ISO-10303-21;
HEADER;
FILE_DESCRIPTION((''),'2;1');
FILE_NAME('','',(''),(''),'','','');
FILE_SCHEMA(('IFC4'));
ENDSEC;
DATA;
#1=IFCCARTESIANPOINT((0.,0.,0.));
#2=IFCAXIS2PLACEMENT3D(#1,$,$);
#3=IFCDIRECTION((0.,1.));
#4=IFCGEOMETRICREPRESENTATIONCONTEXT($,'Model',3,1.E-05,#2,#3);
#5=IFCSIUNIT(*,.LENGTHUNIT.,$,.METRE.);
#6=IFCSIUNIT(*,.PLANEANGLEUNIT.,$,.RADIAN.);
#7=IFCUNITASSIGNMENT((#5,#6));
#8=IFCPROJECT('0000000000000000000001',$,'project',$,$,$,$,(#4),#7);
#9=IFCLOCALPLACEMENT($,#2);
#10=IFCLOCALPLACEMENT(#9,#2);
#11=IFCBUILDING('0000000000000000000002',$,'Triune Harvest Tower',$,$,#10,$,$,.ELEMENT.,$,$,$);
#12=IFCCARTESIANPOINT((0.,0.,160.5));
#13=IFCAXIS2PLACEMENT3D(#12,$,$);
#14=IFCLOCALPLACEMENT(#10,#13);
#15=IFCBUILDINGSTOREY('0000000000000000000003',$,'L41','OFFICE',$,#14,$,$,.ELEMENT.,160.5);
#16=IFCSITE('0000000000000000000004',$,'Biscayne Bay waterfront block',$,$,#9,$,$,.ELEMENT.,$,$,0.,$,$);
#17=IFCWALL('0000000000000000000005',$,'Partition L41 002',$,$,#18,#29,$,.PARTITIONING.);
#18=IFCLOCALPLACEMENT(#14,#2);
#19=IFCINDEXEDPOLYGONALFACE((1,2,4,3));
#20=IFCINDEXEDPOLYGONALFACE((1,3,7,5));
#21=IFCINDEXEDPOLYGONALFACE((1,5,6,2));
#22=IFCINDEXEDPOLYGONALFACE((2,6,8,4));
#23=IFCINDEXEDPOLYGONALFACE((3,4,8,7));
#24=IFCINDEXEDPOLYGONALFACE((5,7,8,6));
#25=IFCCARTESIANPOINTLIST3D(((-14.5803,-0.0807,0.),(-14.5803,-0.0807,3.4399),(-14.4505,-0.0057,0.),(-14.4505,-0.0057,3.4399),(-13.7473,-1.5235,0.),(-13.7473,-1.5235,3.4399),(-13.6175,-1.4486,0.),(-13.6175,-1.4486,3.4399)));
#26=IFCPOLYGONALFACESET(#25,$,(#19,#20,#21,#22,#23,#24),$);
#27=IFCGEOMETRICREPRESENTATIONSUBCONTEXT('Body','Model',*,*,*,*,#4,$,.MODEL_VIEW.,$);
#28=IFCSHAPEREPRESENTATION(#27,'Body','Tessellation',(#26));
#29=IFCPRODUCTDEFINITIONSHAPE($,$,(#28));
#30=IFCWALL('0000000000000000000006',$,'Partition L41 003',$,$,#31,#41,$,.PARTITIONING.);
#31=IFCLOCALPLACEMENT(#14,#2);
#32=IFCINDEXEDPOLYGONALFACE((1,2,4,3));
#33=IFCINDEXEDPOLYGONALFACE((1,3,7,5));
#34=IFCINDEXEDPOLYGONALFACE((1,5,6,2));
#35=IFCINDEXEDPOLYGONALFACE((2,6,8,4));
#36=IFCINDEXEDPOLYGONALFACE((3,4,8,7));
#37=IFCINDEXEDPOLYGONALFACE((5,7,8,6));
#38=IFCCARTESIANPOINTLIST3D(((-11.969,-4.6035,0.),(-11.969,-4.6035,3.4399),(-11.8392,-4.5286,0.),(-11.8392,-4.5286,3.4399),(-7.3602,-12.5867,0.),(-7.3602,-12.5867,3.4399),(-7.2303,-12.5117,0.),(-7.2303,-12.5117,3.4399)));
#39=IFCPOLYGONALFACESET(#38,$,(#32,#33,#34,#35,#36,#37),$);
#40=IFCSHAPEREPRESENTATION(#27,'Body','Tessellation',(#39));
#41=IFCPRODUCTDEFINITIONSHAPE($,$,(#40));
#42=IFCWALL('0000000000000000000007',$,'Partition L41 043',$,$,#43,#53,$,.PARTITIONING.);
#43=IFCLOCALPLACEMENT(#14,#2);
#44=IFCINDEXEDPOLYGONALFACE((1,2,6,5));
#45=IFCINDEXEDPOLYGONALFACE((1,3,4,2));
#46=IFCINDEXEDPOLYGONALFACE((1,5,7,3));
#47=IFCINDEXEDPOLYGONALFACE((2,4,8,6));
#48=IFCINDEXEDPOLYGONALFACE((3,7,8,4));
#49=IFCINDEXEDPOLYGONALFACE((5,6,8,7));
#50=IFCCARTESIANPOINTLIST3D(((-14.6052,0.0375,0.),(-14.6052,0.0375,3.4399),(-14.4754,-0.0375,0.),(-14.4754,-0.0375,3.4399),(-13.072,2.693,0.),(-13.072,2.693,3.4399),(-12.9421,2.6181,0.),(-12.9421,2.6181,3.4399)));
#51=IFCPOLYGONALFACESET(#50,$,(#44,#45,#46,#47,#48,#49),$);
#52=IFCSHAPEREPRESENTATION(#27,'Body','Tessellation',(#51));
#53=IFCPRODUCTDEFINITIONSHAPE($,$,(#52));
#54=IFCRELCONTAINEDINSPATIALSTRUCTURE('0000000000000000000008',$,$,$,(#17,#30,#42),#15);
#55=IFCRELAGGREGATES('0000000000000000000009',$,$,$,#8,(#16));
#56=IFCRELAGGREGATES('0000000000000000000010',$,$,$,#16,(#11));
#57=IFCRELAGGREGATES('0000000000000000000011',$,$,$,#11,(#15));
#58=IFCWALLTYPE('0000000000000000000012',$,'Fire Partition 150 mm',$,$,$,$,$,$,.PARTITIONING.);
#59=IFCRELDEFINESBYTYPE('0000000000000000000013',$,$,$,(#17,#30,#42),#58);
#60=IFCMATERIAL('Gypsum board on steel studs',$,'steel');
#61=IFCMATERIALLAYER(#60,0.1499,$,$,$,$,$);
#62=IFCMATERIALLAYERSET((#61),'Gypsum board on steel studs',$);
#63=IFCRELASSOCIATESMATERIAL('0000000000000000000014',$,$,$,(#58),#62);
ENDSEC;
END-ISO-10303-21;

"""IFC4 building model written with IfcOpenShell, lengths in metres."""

from ifc_helpers import new_model, si_unit, direction, frame, frame_2d, origin, place, context, subcontext, project, spatial, rectangle, extrude, source, transform, mapped, material, layer, layer_set, type_object, element, save


model = new_model("IFC4")

# Units and contexts
model_context = context("Model", 3, precision=1e-05, world=origin(), true_north=direction((0.0, 1.0)))
body_context = subcontext(model_context, "Body", "Model", "MODEL_VIEW")
ifc_project = project(units=[si_unit("LENGTHUNIT", "METRE"), si_unit("PLANEANGLEUNIT", "RADIAN")], contexts=[model_context])

# Site, building, storey
site_placement = place(None, origin())
site = spatial("IfcSite", under=ifc_project, at=site_placement, Name="Biscayne Bay waterfront block", CompositionType="ELEMENT", RefElevation=0.0)
building_placement = place(site_placement, origin())
building = spatial("IfcBuilding", under=site, at=building_placement, Name="Triune Harvest Tower", CompositionType="ELEMENT")
storey_placement = place(building_placement, frame((0.0, 0.0, 160.5)))
storey = spatial("IfcBuildingStorey", under=building, at=storey_placement, Name="L41", Description="OFFICE", CompositionType="ELEMENT", Elevation=160.5)

# Walls
ifc_material_1 = material(Name="Gypsum board on steel studs", Category="steel")
ifc_layer_1 = layer(ifc_material_1, 0.1499)
ifc_layer_set_1 = layer_set([ifc_layer_1], Name="Gypsum board on steel studs")
wall_type_1 = type_object("IfcWallType", Name="Fire Partition 150 mm", PredefinedType="PARTITIONING", material=ifc_layer_set_1)
shared_shape_1 = source(origin(), body_context, "Body", "SweptSolid", [
    extrude(rectangle(XDim=1.666, YDim=0.1499, at=frame_2d((0.833, 0.0))), origin(), (0.0, 0.0, 1.0), 3.4399),
])
wall_1_placement = place(storey_placement, frame((-14.5154, -0.0432, 0.0), z_axis=(0.0, 0.0, 1.0), x_axis=(0.499985, -0.866034, 0.0)))
element("IfcWall", 1, at=wall_1_placement, inside=storey, type_object=wall_type_1, Name="Partition L41 002", PredefinedType="PARTITIONING", context=body_context, shape_type="MappedRepresentation", body=[
    mapped(shared_shape_1, transform((0.0, 0.0, 0.0), scale=1.0)),
])
shared_shape_2 = source(origin(), body_context, "Body", "SweptSolid", [
    extrude(rectangle(XDim=9.218, YDim=0.1499, at=frame_2d((4.6089, 0.0))), origin(), (0.0, 0.0, 1.0), 3.4399),
])
wall_2_placement = place(storey_placement, frame((-11.9041, -4.5662, 0.0), z_axis=(0.0, 0.0, 1.0), x_axis=(0.499985, -0.866034, 0.0)))
element("IfcWall", 2, at=wall_2_placement, inside=storey, type_object=wall_type_1, Name="Partition L41 003", PredefinedType="PARTITIONING", context=body_context, shape_type="MappedRepresentation", body=[
    mapped(shared_shape_2, transform((0.0, 0.0, 0.0), scale=1.0)),
])
shared_shape_3 = source(origin(), body_context, "Body", "SweptSolid", [
    extrude(rectangle(XDim=3.0664, YDim=0.1499, at=frame_2d((1.5332, 0.0))), origin(), (0.0, 0.0, 1.0), 3.4399),
])
wall_3_placement = place(storey_placement, frame((-14.5403, 0.0, 0.0), z_axis=(0.0, 0.0, 1.0), x_axis=(0.50001, 0.86602, 0.0)))
element("IfcWall", 3, at=wall_3_placement, inside=storey, type_object=wall_type_1, Name="Partition L41 043", PredefinedType="PARTITIONING", context=body_context, shape_type="MappedRepresentation", body=[
    mapped(shared_shape_3, transform((0.0, 0.0, 0.0), scale=1.0)),
])

save(model, "model.ifc")
